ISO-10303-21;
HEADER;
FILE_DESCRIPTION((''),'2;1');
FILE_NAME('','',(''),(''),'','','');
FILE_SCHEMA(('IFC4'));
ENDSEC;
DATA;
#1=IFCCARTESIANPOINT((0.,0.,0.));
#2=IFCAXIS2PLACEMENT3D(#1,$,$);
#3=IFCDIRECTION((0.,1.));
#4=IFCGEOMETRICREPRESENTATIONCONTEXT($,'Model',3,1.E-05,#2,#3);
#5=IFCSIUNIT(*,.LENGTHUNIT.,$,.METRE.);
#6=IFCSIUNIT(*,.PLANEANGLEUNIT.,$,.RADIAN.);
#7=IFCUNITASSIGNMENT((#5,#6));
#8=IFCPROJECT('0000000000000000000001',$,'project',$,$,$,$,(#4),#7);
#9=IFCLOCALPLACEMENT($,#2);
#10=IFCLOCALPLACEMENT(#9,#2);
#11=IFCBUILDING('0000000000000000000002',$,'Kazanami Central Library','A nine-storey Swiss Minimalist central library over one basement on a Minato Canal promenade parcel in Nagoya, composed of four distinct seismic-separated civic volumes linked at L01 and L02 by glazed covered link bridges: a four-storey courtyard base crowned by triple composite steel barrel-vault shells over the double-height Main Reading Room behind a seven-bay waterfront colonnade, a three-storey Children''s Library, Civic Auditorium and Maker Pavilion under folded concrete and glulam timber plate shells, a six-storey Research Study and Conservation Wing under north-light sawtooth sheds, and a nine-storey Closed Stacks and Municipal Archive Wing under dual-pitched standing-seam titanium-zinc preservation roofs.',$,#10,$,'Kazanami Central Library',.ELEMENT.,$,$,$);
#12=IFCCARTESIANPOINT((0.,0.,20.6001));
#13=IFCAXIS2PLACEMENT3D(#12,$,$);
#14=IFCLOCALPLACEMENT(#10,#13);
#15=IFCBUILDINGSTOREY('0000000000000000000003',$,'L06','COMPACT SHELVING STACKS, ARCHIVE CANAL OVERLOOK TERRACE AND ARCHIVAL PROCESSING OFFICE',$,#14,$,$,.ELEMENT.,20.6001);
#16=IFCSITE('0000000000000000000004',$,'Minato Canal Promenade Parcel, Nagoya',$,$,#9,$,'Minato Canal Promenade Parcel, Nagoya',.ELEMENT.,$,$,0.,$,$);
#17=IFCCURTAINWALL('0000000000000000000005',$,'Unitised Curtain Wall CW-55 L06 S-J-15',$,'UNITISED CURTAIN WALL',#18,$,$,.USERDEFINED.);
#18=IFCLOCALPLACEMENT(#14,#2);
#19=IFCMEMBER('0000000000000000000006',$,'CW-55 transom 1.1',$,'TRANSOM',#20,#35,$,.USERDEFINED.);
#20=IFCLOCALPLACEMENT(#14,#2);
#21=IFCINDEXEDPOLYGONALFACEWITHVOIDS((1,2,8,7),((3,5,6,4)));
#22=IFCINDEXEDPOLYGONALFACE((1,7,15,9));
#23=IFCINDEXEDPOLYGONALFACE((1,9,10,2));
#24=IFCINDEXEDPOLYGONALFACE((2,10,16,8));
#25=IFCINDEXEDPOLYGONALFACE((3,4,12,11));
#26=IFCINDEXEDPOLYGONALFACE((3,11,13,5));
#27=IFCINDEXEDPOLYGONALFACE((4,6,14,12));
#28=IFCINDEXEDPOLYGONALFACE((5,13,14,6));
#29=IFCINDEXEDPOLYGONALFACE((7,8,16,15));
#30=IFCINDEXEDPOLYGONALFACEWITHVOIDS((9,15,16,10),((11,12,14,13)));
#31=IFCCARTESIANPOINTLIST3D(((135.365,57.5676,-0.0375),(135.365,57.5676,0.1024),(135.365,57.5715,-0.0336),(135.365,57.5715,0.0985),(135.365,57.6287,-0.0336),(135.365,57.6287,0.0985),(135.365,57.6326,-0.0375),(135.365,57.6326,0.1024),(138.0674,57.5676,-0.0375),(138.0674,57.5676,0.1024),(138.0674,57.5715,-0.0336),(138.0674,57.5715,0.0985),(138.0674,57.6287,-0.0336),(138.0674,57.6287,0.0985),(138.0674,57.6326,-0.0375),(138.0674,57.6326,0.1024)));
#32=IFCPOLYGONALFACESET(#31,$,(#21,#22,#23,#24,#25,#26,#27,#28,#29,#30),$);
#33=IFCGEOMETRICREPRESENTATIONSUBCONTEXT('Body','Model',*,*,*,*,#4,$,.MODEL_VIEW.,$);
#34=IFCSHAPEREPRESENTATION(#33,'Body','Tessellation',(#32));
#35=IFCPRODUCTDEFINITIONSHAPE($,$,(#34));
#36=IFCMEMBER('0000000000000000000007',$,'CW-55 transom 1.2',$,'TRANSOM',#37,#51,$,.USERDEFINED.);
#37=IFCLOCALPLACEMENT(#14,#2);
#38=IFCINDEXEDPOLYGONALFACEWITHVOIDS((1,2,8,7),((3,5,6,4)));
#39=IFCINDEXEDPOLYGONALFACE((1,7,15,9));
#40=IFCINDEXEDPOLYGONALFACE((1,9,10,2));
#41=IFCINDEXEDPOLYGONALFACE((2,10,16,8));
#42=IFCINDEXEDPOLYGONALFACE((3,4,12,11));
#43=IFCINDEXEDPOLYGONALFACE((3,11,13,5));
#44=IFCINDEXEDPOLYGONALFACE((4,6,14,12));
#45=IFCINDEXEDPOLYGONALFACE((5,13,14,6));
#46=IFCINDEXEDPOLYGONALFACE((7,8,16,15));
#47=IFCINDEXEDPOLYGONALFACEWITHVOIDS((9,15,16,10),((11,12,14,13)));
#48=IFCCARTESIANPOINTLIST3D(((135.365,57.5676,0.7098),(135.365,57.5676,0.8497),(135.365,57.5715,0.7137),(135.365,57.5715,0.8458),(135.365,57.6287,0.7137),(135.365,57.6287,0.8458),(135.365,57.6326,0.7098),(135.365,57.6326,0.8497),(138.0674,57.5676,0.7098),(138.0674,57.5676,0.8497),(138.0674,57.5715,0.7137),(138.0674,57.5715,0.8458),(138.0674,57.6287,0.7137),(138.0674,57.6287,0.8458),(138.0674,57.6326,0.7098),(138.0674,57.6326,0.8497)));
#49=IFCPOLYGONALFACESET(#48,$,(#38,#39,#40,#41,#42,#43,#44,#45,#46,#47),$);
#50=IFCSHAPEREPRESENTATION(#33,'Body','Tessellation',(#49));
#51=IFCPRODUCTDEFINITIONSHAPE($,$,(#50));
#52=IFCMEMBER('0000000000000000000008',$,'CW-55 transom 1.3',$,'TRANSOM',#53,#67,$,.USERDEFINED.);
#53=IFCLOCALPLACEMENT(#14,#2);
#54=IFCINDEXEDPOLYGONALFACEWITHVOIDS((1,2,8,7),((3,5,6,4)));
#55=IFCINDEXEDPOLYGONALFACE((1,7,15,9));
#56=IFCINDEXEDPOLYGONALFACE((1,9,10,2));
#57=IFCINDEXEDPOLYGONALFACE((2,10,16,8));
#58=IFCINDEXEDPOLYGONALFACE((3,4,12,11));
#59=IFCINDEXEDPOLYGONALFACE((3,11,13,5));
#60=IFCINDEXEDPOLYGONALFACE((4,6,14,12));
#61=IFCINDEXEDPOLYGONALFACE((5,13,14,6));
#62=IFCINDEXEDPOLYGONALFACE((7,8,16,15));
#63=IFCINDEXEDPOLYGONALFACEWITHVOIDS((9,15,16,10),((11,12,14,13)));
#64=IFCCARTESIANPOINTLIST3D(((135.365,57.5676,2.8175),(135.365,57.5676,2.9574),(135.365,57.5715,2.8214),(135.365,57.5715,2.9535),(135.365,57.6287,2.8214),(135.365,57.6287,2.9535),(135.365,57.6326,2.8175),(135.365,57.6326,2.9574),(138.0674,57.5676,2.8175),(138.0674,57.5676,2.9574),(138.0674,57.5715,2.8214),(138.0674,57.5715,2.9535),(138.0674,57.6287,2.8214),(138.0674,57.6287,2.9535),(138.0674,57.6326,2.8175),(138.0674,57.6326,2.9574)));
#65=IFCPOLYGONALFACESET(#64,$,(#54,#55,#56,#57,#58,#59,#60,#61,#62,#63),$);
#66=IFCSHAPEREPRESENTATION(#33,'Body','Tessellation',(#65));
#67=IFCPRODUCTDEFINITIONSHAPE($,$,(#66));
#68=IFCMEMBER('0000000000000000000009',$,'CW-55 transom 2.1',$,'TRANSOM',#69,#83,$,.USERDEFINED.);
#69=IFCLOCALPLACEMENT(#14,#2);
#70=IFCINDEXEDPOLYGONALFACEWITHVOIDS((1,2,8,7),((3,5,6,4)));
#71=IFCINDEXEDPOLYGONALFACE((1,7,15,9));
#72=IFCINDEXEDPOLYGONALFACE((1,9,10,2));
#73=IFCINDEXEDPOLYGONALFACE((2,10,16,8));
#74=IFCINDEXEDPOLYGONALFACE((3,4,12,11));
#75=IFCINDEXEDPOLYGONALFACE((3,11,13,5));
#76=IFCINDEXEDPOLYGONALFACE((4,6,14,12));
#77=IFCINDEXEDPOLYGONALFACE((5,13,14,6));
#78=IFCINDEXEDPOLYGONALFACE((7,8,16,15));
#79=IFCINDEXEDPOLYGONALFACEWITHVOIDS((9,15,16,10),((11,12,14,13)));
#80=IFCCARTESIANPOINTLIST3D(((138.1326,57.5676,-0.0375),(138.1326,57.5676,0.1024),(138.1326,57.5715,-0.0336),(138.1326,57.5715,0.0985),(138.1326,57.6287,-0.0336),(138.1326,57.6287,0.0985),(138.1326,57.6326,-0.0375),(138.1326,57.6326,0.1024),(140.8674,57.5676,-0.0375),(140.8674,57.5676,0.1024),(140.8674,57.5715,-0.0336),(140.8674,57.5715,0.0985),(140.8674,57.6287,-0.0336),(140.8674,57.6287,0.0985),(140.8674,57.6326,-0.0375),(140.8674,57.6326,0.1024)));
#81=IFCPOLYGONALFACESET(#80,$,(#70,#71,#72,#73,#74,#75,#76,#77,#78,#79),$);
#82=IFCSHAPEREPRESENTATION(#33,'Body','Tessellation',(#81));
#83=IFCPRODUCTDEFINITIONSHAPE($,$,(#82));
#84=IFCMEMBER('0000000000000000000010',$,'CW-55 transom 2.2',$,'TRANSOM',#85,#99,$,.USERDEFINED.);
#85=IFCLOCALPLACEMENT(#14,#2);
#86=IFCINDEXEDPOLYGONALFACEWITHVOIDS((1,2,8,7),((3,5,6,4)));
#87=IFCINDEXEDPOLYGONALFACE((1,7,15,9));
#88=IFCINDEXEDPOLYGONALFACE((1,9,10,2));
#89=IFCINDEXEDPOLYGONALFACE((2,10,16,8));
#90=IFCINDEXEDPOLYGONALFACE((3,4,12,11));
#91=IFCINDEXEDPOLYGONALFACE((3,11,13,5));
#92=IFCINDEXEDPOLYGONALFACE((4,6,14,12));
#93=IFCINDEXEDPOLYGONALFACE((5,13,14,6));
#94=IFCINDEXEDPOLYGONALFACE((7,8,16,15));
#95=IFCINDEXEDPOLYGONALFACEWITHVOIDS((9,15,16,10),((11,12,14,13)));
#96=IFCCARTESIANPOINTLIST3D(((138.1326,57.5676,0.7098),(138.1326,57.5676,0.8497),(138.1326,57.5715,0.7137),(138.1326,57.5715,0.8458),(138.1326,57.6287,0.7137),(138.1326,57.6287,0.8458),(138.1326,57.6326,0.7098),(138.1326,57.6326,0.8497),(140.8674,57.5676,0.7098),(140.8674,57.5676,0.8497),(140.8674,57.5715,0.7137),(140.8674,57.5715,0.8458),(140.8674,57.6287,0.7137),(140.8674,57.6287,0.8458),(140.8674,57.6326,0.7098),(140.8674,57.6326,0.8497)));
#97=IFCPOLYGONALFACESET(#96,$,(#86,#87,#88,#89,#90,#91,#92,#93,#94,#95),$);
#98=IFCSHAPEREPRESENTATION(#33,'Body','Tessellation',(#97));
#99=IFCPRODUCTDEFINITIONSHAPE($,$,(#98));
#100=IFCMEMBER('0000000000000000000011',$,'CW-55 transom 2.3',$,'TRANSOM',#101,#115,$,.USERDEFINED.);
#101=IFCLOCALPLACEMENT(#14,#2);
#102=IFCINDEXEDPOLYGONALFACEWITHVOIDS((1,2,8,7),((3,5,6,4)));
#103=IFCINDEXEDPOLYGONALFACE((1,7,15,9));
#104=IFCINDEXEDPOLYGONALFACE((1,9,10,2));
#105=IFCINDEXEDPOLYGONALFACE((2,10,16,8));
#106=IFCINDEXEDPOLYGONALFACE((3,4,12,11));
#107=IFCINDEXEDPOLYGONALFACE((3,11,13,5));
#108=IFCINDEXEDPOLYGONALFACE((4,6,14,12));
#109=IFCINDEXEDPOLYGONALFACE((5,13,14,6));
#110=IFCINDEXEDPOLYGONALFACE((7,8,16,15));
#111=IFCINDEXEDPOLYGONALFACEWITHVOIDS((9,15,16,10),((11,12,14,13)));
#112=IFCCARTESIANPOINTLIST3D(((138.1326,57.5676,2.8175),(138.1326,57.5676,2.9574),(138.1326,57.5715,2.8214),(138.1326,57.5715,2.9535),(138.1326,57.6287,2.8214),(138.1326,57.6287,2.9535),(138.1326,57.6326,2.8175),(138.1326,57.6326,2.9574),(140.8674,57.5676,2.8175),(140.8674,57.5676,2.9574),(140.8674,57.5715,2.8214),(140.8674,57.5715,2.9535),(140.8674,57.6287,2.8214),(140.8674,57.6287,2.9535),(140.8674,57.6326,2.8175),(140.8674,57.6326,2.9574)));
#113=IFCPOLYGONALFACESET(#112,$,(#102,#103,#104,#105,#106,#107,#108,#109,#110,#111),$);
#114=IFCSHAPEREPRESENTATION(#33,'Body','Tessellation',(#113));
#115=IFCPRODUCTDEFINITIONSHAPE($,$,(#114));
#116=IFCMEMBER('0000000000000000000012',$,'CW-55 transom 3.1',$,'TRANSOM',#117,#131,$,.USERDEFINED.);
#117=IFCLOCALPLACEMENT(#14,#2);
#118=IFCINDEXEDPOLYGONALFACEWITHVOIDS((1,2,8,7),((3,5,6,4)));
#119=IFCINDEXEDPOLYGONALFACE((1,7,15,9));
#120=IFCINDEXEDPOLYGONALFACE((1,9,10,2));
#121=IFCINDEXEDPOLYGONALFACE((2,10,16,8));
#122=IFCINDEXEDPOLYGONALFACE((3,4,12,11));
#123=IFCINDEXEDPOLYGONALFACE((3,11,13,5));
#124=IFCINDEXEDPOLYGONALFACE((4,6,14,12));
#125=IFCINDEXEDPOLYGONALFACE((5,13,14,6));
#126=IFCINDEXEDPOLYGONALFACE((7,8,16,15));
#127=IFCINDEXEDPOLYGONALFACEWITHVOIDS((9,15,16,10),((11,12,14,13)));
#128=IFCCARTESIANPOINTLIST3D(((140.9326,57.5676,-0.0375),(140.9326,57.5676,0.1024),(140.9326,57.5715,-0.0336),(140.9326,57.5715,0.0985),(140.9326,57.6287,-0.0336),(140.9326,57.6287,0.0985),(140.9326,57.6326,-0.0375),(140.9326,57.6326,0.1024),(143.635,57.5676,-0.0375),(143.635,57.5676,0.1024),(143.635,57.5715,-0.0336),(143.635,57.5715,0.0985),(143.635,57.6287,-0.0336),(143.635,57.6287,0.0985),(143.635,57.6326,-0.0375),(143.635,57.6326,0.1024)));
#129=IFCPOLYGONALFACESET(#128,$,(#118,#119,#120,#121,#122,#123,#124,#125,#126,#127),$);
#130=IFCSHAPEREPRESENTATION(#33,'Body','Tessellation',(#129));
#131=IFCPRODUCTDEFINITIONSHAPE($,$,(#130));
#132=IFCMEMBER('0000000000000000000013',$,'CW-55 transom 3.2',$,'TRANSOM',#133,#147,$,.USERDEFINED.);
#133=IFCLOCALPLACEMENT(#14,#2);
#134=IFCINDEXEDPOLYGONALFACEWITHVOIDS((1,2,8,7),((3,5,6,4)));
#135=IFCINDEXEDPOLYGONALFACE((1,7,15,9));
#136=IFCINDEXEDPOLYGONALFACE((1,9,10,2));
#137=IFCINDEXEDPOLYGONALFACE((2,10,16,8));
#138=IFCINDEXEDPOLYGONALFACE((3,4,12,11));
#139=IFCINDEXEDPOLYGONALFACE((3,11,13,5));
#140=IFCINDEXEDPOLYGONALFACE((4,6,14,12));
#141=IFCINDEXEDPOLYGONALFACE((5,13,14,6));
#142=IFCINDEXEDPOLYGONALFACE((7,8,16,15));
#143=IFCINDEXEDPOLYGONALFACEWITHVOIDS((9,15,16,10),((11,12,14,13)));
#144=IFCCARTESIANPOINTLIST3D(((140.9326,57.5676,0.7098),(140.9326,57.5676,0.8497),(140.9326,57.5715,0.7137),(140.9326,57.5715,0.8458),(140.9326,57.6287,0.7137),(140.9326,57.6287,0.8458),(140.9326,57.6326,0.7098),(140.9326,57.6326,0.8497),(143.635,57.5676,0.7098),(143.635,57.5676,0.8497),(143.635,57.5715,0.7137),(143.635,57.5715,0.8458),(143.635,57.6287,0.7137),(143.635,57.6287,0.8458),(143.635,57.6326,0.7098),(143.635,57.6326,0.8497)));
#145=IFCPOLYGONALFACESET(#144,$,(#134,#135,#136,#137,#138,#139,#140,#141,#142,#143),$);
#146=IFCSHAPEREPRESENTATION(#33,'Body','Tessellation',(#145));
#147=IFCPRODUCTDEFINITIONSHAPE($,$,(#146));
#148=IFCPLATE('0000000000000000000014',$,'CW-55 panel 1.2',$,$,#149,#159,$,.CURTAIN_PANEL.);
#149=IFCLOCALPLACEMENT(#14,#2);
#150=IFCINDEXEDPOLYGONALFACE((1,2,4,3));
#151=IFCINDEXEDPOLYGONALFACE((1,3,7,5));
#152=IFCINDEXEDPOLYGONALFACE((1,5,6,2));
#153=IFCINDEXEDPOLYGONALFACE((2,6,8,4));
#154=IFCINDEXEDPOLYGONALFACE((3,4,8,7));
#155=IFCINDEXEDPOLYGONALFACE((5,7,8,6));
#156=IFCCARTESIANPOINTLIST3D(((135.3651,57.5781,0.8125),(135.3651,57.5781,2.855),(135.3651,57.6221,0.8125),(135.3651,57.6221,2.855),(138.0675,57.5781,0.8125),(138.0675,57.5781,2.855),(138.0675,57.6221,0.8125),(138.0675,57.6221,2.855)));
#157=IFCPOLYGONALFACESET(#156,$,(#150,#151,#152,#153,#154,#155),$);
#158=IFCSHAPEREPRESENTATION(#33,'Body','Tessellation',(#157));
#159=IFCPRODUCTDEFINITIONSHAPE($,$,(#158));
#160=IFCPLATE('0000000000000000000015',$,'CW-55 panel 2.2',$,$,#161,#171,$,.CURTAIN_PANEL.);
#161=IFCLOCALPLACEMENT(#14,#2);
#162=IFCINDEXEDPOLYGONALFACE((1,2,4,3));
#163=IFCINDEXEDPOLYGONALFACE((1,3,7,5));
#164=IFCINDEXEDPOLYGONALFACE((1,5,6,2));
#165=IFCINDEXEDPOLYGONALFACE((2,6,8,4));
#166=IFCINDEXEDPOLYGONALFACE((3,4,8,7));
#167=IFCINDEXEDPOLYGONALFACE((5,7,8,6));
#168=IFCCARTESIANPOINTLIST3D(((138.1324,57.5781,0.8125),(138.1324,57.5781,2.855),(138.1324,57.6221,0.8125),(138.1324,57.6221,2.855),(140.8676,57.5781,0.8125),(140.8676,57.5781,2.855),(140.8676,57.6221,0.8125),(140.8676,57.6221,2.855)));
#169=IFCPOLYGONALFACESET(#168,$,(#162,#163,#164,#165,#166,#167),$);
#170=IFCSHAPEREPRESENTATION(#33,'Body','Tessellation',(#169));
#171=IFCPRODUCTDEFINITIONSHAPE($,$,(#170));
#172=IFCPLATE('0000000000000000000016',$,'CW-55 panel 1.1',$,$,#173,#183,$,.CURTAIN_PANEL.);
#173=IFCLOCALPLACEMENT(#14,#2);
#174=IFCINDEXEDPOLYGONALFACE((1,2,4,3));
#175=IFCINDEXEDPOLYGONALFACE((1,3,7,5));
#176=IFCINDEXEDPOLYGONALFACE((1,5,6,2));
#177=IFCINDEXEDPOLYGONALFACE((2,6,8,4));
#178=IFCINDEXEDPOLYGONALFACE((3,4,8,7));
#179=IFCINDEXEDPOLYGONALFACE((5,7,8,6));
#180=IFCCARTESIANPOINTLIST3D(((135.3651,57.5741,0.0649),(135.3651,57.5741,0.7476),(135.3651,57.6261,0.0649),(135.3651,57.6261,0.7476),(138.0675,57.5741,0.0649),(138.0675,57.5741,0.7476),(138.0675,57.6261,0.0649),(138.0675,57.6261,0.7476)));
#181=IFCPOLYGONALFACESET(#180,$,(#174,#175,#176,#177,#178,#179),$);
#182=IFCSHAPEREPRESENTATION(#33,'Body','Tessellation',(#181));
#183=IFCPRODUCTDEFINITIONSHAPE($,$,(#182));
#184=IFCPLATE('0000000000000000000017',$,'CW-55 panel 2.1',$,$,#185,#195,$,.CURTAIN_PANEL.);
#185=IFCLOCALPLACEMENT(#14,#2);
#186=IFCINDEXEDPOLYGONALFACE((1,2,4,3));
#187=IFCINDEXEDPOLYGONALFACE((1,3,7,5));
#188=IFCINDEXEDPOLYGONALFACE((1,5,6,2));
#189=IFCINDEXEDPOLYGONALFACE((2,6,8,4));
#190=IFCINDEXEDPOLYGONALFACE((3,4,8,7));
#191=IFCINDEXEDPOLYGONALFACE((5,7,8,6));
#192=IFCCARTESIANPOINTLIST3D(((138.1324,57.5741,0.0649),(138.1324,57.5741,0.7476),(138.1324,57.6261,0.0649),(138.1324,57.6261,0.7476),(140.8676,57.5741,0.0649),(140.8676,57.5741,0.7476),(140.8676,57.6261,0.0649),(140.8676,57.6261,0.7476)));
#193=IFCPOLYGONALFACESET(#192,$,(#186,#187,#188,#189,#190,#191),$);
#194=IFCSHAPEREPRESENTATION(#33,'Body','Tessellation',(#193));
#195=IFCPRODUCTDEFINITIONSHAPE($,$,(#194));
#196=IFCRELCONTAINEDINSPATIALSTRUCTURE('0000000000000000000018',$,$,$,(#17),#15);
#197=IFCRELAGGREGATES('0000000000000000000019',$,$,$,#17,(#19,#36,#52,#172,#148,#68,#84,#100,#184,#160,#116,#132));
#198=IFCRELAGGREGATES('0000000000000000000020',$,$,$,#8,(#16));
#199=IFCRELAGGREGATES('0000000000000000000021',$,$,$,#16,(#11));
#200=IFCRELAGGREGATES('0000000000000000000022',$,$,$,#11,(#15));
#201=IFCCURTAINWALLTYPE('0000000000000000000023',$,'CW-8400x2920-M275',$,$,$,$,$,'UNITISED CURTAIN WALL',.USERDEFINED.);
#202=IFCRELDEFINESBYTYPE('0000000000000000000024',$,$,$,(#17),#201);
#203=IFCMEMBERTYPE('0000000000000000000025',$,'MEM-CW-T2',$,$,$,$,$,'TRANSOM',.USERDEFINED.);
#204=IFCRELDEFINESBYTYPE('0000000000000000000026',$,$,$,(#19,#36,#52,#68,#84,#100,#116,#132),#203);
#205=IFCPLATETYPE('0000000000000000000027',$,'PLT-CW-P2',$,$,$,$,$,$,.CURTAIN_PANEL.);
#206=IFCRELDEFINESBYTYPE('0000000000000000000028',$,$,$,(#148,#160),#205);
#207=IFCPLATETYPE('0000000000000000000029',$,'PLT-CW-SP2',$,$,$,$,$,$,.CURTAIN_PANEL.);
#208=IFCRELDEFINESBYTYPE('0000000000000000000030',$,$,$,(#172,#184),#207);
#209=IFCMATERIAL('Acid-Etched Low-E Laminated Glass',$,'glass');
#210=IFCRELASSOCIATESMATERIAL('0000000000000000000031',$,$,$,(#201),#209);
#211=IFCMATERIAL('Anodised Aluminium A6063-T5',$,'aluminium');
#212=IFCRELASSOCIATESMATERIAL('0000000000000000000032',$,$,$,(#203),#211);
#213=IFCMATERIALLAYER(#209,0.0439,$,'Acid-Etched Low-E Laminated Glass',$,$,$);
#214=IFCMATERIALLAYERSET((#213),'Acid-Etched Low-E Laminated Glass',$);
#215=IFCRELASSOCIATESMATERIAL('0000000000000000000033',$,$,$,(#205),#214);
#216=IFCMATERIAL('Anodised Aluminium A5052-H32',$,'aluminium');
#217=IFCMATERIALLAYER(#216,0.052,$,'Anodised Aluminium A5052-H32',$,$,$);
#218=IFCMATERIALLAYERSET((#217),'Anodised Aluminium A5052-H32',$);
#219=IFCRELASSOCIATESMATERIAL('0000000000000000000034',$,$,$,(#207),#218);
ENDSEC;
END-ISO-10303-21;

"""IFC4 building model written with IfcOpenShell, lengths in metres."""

from ifc_helpers import new_model, si_unit, direction, frame, origin, origin_2d, place, context, subcontext, project, spatial, rectangle, hollow_rectangle, extrude, material, layer, layer_set, material_profile, profile_set, type_object, element, aggregate, save


model = new_model("IFC4")

# Units and contexts
model_context = context("Model", 3, precision=1e-05, world=origin(), true_north=direction((0.0, 1.0)))
body_context = subcontext(model_context, "Body", "Model", "MODEL_VIEW")
ifc_project = project(units=[si_unit("LENGTHUNIT", "METRE"), si_unit("PLANEANGLEUNIT", "RADIAN")], contexts=[model_context])

# Site, building, storey
site_placement = place(None, origin())
site = spatial("IfcSite", under=ifc_project, at=site_placement, Name="Minato Canal Promenade Parcel, Nagoya", LongName="Minato Canal Promenade Parcel, Nagoya", CompositionType="ELEMENT", RefElevation=0.0)
building_placement = place(site_placement, origin())
building = spatial("IfcBuilding", under=site, at=building_placement, Name="Kazanami Central Library", Description="A nine-storey Swiss Minimalist central library over one basement on a Minato Canal promenade parcel in Nagoya, composed of four distinct seismic-separated civic volumes linked at L01 and L02 by glazed covered link bridges: a four-storey courtyard base crowned by triple composite steel barrel-vault shells over the double-height Main Reading Room behind a seven-bay waterfront colonnade, a three-storey Children's Library, Civic Auditorium and Maker Pavilion under folded concrete and glulam timber plate shells, a six-storey Research Study and Conservation Wing under north-light sawtooth sheds, and a nine-storey Closed Stacks and Municipal Archive Wing under dual-pitched standing-seam titanium-zinc preservation roofs.", LongName="Kazanami Central Library", CompositionType="ELEMENT")
storey_placement = place(building_placement, frame((0.0, 0.0, 20.6001)))
storey = spatial("IfcBuildingStorey", under=building, at=storey_placement, Name="L06", Description="COMPACT SHELVING STACKS, ARCHIVE CANAL OVERLOOK TERRACE AND ARCHIVAL PROCESSING OFFICE", CompositionType="ELEMENT", Elevation=20.6001)

# Curtain wall, members, plates
ifc_material_1 = material(Name="Acid-Etched Low-E Laminated Glass", Category="glass")
curtain_wall_type = type_object("IfcCurtainWallType", Name="CW-8400x2920-M275", ElementType="UNITISED CURTAIN WALL", PredefinedType="USERDEFINED", material=ifc_material_1)
curtain_wall_placement = place(storey_placement, origin())
curtain_wall = element("IfcCurtainWall", 1, at=curtain_wall_placement, inside=storey, type_object=curtain_wall_type, Name="Unitised Curtain Wall CW-55 L06 S-J-15", ObjectType="UNITISED CURTAIN WALL", PredefinedType="USERDEFINED")
ifc_material_2 = material(Name="Anodised Aluminium A6063-T5", Category="aluminium")
ifc_material_profile_1 = material_profile(ifc_material_2, hollow_rectangle(XDim=0.0649, YDim=0.1399, WallThickness=0.0039, at=origin_2d()), Name="ALU-TRAN-65x140x4")
ifc_profile_set_1 = profile_set([ifc_material_profile_1], Name="Anodised Aluminium A6063-T5")
member_type_1 = type_object("IfcMemberType", Name="MEM-CW-T2", ElementType="TRANSOM", PredefinedType="USERDEFINED", material=ifc_profile_set_1)
member_1_placement = place(storey_placement, frame((135.365, 57.6001, 0.0325), z_axis=(1.0, 0.0, 0.0), x_axis=(0.0, 1.0, 0.0)))
member_1 = element("IfcMember", 2, at=member_1_placement, type_object=member_type_1, Name="CW-55 transom 1.1", ObjectType="TRANSOM", PredefinedType="USERDEFINED", context=body_context, shape_type="SweptSolid", body=[
    extrude(hollow_rectangle(XDim=0.0649, YDim=0.1399, WallThickness=0.0039, at=origin_2d()), origin(), (0.0, 0.0, 1.0), 2.7024),
])
member_2_placement = place(storey_placement, frame((135.365, 57.6001, 0.7798), z_axis=(1.0, 0.0, 0.0), x_axis=(0.0, 1.0, 0.0)))
member_2 = element("IfcMember", 3, at=member_2_placement, type_object=member_type_1, Name="CW-55 transom 1.2", ObjectType="TRANSOM", PredefinedType="USERDEFINED", context=body_context, shape_type="SweptSolid", body=[
    extrude(hollow_rectangle(XDim=0.0649, YDim=0.1399, WallThickness=0.0039, at=origin_2d()), origin(), (0.0, 0.0, 1.0), 2.7024),
])
member_3_placement = place(storey_placement, frame((135.365, 57.6001, 2.8875), z_axis=(1.0, 0.0, 0.0), x_axis=(0.0, 1.0, 0.0)))
member_3 = element("IfcMember", 4, at=member_3_placement, type_object=member_type_1, Name="CW-55 transom 1.3", ObjectType="TRANSOM", PredefinedType="USERDEFINED", context=body_context, shape_type="SweptSolid", body=[
    extrude(hollow_rectangle(XDim=0.0649, YDim=0.1399, WallThickness=0.0039, at=origin_2d()), origin(), (0.0, 0.0, 1.0), 2.7024),
])
member_4_placement = place(storey_placement, frame((138.1326, 57.6001, 0.0325), z_axis=(1.0, 0.0, 0.0), x_axis=(0.0, 1.0, 0.0)))
member_4 = element("IfcMember", 5, at=member_4_placement, type_object=member_type_1, Name="CW-55 transom 2.1", ObjectType="TRANSOM", PredefinedType="USERDEFINED", context=body_context, shape_type="SweptSolid", body=[
    extrude(hollow_rectangle(XDim=0.0649, YDim=0.1399, WallThickness=0.0039, at=origin_2d()), origin(), (0.0, 0.0, 1.0), 2.7349),
])
member_5_placement = place(storey_placement, frame((138.1326, 57.6001, 0.7798), z_axis=(1.0, 0.0, 0.0), x_axis=(0.0, 1.0, 0.0)))
member_5 = element("IfcMember", 6, at=member_5_placement, type_object=member_type_1, Name="CW-55 transom 2.2", ObjectType="TRANSOM", PredefinedType="USERDEFINED", context=body_context, shape_type="SweptSolid", body=[
    extrude(hollow_rectangle(XDim=0.0649, YDim=0.1399, WallThickness=0.0039, at=origin_2d()), origin(), (0.0, 0.0, 1.0), 2.7349),
])
member_6_placement = place(storey_placement, frame((138.1326, 57.6001, 2.8875), z_axis=(1.0, 0.0, 0.0), x_axis=(0.0, 1.0, 0.0)))
member_6 = element("IfcMember", 7, at=member_6_placement, type_object=member_type_1, Name="CW-55 transom 2.3", ObjectType="TRANSOM", PredefinedType="USERDEFINED", context=body_context, shape_type="SweptSolid", body=[
    extrude(hollow_rectangle(XDim=0.0649, YDim=0.1399, WallThickness=0.0039, at=origin_2d()), origin(), (0.0, 0.0, 1.0), 2.7349),
])
member_7_placement = place(storey_placement, frame((140.9326, 57.6001, 0.0325), z_axis=(1.0, 0.0, 0.0), x_axis=(0.0, 1.0, 0.0)))
member_7 = element("IfcMember", 8, at=member_7_placement, type_object=member_type_1, Name="CW-55 transom 3.1", ObjectType="TRANSOM", PredefinedType="USERDEFINED", context=body_context, shape_type="SweptSolid", body=[
    extrude(hollow_rectangle(XDim=0.0649, YDim=0.1399, WallThickness=0.0039, at=origin_2d()), origin(), (0.0, 0.0, 1.0), 2.7024),
])
member_8_placement = place(storey_placement, frame((140.9326, 57.6001, 0.7798), z_axis=(1.0, 0.0, 0.0), x_axis=(0.0, 1.0, 0.0)))
member_8 = element("IfcMember", 9, at=member_8_placement, type_object=member_type_1, Name="CW-55 transom 3.2", ObjectType="TRANSOM", PredefinedType="USERDEFINED", context=body_context, shape_type="SweptSolid", body=[
    extrude(hollow_rectangle(XDim=0.0649, YDim=0.1399, WallThickness=0.0039, at=origin_2d()), origin(), (0.0, 0.0, 1.0), 2.7024),
])
ifc_layer_1 = layer(ifc_material_1, 0.0439, Name="Acid-Etched Low-E Laminated Glass")
ifc_layer_set_1 = layer_set([ifc_layer_1], Name="Acid-Etched Low-E Laminated Glass")
plate_type_1 = type_object("IfcPlateType", Name="PLT-CW-P2", PredefinedType="CURTAIN_PANEL", material=ifc_layer_set_1)
plate_1_placement = place(storey_placement, frame((136.7163, 57.6001, 0.8125), z_axis=(0.0, 0.0, 1.0), x_axis=(1.0, 0.0, 0.0)))
plate_1 = element("IfcPlate", 10, at=plate_1_placement, type_object=plate_type_1, Name="CW-55 panel 1.2", PredefinedType="CURTAIN_PANEL", context=body_context, shape_type="SweptSolid", body=[
    extrude(rectangle(XDim=2.7024, YDim=0.0439, at=origin_2d()), origin(), (0.0, 0.0, 1.0), 2.0425),
])
plate_2_placement = place(storey_placement, frame((139.5, 57.6001, 0.8125), z_axis=(0.0, 0.0, 1.0), x_axis=(1.0, 0.0, 0.0)))
plate_2 = element("IfcPlate", 11, at=plate_2_placement, type_object=plate_type_1, Name="CW-55 panel 2.2", PredefinedType="CURTAIN_PANEL", context=body_context, shape_type="SweptSolid", body=[
    extrude(rectangle(XDim=2.7351, YDim=0.0439, at=origin_2d()), origin(), (0.0, 0.0, 1.0), 2.0425),
])
ifc_material_3 = material(Name="Anodised Aluminium A5052-H32", Category="aluminium")
ifc_layer_2 = layer(ifc_material_3, 0.052, Name="Anodised Aluminium A5052-H32")
ifc_layer_set_2 = layer_set([ifc_layer_2], Name="Anodised Aluminium A5052-H32")
plate_type_2 = type_object("IfcPlateType", Name="PLT-CW-SP2", PredefinedType="CURTAIN_PANEL", material=ifc_layer_set_2)
plate_3_placement = place(storey_placement, frame((136.7163, 57.6001, 0.0649), z_axis=(0.0, 0.0, 1.0), x_axis=(1.0, 0.0, 0.0)))
plate_3 = element("IfcPlate", 12, at=plate_3_placement, type_object=plate_type_2, Name="CW-55 panel 1.1", PredefinedType="CURTAIN_PANEL", context=body_context, shape_type="SweptSolid", body=[
    extrude(rectangle(XDim=2.7024, YDim=0.052, at=origin_2d()), origin(), (0.0, 0.0, 1.0), 0.6826),
])
plate_4_placement = place(storey_placement, frame((139.5, 57.6001, 0.0649), z_axis=(0.0, 0.0, 1.0), x_axis=(1.0, 0.0, 0.0)))
plate_4 = element("IfcPlate", 13, at=plate_4_placement, type_object=plate_type_2, Name="CW-55 panel 2.1", PredefinedType="CURTAIN_PANEL", context=body_context, shape_type="SweptSolid", body=[
    extrude(rectangle(XDim=2.7351, YDim=0.052, at=origin_2d()), origin(), (0.0, 0.0, 1.0), 0.6826),
])
aggregate(curtain_wall, [member_1, member_2, member_3, plate_3, plate_1, member_4, member_5, member_6, plate_4, plate_2, member_7, member_8])

save(model, "model.ifc")
